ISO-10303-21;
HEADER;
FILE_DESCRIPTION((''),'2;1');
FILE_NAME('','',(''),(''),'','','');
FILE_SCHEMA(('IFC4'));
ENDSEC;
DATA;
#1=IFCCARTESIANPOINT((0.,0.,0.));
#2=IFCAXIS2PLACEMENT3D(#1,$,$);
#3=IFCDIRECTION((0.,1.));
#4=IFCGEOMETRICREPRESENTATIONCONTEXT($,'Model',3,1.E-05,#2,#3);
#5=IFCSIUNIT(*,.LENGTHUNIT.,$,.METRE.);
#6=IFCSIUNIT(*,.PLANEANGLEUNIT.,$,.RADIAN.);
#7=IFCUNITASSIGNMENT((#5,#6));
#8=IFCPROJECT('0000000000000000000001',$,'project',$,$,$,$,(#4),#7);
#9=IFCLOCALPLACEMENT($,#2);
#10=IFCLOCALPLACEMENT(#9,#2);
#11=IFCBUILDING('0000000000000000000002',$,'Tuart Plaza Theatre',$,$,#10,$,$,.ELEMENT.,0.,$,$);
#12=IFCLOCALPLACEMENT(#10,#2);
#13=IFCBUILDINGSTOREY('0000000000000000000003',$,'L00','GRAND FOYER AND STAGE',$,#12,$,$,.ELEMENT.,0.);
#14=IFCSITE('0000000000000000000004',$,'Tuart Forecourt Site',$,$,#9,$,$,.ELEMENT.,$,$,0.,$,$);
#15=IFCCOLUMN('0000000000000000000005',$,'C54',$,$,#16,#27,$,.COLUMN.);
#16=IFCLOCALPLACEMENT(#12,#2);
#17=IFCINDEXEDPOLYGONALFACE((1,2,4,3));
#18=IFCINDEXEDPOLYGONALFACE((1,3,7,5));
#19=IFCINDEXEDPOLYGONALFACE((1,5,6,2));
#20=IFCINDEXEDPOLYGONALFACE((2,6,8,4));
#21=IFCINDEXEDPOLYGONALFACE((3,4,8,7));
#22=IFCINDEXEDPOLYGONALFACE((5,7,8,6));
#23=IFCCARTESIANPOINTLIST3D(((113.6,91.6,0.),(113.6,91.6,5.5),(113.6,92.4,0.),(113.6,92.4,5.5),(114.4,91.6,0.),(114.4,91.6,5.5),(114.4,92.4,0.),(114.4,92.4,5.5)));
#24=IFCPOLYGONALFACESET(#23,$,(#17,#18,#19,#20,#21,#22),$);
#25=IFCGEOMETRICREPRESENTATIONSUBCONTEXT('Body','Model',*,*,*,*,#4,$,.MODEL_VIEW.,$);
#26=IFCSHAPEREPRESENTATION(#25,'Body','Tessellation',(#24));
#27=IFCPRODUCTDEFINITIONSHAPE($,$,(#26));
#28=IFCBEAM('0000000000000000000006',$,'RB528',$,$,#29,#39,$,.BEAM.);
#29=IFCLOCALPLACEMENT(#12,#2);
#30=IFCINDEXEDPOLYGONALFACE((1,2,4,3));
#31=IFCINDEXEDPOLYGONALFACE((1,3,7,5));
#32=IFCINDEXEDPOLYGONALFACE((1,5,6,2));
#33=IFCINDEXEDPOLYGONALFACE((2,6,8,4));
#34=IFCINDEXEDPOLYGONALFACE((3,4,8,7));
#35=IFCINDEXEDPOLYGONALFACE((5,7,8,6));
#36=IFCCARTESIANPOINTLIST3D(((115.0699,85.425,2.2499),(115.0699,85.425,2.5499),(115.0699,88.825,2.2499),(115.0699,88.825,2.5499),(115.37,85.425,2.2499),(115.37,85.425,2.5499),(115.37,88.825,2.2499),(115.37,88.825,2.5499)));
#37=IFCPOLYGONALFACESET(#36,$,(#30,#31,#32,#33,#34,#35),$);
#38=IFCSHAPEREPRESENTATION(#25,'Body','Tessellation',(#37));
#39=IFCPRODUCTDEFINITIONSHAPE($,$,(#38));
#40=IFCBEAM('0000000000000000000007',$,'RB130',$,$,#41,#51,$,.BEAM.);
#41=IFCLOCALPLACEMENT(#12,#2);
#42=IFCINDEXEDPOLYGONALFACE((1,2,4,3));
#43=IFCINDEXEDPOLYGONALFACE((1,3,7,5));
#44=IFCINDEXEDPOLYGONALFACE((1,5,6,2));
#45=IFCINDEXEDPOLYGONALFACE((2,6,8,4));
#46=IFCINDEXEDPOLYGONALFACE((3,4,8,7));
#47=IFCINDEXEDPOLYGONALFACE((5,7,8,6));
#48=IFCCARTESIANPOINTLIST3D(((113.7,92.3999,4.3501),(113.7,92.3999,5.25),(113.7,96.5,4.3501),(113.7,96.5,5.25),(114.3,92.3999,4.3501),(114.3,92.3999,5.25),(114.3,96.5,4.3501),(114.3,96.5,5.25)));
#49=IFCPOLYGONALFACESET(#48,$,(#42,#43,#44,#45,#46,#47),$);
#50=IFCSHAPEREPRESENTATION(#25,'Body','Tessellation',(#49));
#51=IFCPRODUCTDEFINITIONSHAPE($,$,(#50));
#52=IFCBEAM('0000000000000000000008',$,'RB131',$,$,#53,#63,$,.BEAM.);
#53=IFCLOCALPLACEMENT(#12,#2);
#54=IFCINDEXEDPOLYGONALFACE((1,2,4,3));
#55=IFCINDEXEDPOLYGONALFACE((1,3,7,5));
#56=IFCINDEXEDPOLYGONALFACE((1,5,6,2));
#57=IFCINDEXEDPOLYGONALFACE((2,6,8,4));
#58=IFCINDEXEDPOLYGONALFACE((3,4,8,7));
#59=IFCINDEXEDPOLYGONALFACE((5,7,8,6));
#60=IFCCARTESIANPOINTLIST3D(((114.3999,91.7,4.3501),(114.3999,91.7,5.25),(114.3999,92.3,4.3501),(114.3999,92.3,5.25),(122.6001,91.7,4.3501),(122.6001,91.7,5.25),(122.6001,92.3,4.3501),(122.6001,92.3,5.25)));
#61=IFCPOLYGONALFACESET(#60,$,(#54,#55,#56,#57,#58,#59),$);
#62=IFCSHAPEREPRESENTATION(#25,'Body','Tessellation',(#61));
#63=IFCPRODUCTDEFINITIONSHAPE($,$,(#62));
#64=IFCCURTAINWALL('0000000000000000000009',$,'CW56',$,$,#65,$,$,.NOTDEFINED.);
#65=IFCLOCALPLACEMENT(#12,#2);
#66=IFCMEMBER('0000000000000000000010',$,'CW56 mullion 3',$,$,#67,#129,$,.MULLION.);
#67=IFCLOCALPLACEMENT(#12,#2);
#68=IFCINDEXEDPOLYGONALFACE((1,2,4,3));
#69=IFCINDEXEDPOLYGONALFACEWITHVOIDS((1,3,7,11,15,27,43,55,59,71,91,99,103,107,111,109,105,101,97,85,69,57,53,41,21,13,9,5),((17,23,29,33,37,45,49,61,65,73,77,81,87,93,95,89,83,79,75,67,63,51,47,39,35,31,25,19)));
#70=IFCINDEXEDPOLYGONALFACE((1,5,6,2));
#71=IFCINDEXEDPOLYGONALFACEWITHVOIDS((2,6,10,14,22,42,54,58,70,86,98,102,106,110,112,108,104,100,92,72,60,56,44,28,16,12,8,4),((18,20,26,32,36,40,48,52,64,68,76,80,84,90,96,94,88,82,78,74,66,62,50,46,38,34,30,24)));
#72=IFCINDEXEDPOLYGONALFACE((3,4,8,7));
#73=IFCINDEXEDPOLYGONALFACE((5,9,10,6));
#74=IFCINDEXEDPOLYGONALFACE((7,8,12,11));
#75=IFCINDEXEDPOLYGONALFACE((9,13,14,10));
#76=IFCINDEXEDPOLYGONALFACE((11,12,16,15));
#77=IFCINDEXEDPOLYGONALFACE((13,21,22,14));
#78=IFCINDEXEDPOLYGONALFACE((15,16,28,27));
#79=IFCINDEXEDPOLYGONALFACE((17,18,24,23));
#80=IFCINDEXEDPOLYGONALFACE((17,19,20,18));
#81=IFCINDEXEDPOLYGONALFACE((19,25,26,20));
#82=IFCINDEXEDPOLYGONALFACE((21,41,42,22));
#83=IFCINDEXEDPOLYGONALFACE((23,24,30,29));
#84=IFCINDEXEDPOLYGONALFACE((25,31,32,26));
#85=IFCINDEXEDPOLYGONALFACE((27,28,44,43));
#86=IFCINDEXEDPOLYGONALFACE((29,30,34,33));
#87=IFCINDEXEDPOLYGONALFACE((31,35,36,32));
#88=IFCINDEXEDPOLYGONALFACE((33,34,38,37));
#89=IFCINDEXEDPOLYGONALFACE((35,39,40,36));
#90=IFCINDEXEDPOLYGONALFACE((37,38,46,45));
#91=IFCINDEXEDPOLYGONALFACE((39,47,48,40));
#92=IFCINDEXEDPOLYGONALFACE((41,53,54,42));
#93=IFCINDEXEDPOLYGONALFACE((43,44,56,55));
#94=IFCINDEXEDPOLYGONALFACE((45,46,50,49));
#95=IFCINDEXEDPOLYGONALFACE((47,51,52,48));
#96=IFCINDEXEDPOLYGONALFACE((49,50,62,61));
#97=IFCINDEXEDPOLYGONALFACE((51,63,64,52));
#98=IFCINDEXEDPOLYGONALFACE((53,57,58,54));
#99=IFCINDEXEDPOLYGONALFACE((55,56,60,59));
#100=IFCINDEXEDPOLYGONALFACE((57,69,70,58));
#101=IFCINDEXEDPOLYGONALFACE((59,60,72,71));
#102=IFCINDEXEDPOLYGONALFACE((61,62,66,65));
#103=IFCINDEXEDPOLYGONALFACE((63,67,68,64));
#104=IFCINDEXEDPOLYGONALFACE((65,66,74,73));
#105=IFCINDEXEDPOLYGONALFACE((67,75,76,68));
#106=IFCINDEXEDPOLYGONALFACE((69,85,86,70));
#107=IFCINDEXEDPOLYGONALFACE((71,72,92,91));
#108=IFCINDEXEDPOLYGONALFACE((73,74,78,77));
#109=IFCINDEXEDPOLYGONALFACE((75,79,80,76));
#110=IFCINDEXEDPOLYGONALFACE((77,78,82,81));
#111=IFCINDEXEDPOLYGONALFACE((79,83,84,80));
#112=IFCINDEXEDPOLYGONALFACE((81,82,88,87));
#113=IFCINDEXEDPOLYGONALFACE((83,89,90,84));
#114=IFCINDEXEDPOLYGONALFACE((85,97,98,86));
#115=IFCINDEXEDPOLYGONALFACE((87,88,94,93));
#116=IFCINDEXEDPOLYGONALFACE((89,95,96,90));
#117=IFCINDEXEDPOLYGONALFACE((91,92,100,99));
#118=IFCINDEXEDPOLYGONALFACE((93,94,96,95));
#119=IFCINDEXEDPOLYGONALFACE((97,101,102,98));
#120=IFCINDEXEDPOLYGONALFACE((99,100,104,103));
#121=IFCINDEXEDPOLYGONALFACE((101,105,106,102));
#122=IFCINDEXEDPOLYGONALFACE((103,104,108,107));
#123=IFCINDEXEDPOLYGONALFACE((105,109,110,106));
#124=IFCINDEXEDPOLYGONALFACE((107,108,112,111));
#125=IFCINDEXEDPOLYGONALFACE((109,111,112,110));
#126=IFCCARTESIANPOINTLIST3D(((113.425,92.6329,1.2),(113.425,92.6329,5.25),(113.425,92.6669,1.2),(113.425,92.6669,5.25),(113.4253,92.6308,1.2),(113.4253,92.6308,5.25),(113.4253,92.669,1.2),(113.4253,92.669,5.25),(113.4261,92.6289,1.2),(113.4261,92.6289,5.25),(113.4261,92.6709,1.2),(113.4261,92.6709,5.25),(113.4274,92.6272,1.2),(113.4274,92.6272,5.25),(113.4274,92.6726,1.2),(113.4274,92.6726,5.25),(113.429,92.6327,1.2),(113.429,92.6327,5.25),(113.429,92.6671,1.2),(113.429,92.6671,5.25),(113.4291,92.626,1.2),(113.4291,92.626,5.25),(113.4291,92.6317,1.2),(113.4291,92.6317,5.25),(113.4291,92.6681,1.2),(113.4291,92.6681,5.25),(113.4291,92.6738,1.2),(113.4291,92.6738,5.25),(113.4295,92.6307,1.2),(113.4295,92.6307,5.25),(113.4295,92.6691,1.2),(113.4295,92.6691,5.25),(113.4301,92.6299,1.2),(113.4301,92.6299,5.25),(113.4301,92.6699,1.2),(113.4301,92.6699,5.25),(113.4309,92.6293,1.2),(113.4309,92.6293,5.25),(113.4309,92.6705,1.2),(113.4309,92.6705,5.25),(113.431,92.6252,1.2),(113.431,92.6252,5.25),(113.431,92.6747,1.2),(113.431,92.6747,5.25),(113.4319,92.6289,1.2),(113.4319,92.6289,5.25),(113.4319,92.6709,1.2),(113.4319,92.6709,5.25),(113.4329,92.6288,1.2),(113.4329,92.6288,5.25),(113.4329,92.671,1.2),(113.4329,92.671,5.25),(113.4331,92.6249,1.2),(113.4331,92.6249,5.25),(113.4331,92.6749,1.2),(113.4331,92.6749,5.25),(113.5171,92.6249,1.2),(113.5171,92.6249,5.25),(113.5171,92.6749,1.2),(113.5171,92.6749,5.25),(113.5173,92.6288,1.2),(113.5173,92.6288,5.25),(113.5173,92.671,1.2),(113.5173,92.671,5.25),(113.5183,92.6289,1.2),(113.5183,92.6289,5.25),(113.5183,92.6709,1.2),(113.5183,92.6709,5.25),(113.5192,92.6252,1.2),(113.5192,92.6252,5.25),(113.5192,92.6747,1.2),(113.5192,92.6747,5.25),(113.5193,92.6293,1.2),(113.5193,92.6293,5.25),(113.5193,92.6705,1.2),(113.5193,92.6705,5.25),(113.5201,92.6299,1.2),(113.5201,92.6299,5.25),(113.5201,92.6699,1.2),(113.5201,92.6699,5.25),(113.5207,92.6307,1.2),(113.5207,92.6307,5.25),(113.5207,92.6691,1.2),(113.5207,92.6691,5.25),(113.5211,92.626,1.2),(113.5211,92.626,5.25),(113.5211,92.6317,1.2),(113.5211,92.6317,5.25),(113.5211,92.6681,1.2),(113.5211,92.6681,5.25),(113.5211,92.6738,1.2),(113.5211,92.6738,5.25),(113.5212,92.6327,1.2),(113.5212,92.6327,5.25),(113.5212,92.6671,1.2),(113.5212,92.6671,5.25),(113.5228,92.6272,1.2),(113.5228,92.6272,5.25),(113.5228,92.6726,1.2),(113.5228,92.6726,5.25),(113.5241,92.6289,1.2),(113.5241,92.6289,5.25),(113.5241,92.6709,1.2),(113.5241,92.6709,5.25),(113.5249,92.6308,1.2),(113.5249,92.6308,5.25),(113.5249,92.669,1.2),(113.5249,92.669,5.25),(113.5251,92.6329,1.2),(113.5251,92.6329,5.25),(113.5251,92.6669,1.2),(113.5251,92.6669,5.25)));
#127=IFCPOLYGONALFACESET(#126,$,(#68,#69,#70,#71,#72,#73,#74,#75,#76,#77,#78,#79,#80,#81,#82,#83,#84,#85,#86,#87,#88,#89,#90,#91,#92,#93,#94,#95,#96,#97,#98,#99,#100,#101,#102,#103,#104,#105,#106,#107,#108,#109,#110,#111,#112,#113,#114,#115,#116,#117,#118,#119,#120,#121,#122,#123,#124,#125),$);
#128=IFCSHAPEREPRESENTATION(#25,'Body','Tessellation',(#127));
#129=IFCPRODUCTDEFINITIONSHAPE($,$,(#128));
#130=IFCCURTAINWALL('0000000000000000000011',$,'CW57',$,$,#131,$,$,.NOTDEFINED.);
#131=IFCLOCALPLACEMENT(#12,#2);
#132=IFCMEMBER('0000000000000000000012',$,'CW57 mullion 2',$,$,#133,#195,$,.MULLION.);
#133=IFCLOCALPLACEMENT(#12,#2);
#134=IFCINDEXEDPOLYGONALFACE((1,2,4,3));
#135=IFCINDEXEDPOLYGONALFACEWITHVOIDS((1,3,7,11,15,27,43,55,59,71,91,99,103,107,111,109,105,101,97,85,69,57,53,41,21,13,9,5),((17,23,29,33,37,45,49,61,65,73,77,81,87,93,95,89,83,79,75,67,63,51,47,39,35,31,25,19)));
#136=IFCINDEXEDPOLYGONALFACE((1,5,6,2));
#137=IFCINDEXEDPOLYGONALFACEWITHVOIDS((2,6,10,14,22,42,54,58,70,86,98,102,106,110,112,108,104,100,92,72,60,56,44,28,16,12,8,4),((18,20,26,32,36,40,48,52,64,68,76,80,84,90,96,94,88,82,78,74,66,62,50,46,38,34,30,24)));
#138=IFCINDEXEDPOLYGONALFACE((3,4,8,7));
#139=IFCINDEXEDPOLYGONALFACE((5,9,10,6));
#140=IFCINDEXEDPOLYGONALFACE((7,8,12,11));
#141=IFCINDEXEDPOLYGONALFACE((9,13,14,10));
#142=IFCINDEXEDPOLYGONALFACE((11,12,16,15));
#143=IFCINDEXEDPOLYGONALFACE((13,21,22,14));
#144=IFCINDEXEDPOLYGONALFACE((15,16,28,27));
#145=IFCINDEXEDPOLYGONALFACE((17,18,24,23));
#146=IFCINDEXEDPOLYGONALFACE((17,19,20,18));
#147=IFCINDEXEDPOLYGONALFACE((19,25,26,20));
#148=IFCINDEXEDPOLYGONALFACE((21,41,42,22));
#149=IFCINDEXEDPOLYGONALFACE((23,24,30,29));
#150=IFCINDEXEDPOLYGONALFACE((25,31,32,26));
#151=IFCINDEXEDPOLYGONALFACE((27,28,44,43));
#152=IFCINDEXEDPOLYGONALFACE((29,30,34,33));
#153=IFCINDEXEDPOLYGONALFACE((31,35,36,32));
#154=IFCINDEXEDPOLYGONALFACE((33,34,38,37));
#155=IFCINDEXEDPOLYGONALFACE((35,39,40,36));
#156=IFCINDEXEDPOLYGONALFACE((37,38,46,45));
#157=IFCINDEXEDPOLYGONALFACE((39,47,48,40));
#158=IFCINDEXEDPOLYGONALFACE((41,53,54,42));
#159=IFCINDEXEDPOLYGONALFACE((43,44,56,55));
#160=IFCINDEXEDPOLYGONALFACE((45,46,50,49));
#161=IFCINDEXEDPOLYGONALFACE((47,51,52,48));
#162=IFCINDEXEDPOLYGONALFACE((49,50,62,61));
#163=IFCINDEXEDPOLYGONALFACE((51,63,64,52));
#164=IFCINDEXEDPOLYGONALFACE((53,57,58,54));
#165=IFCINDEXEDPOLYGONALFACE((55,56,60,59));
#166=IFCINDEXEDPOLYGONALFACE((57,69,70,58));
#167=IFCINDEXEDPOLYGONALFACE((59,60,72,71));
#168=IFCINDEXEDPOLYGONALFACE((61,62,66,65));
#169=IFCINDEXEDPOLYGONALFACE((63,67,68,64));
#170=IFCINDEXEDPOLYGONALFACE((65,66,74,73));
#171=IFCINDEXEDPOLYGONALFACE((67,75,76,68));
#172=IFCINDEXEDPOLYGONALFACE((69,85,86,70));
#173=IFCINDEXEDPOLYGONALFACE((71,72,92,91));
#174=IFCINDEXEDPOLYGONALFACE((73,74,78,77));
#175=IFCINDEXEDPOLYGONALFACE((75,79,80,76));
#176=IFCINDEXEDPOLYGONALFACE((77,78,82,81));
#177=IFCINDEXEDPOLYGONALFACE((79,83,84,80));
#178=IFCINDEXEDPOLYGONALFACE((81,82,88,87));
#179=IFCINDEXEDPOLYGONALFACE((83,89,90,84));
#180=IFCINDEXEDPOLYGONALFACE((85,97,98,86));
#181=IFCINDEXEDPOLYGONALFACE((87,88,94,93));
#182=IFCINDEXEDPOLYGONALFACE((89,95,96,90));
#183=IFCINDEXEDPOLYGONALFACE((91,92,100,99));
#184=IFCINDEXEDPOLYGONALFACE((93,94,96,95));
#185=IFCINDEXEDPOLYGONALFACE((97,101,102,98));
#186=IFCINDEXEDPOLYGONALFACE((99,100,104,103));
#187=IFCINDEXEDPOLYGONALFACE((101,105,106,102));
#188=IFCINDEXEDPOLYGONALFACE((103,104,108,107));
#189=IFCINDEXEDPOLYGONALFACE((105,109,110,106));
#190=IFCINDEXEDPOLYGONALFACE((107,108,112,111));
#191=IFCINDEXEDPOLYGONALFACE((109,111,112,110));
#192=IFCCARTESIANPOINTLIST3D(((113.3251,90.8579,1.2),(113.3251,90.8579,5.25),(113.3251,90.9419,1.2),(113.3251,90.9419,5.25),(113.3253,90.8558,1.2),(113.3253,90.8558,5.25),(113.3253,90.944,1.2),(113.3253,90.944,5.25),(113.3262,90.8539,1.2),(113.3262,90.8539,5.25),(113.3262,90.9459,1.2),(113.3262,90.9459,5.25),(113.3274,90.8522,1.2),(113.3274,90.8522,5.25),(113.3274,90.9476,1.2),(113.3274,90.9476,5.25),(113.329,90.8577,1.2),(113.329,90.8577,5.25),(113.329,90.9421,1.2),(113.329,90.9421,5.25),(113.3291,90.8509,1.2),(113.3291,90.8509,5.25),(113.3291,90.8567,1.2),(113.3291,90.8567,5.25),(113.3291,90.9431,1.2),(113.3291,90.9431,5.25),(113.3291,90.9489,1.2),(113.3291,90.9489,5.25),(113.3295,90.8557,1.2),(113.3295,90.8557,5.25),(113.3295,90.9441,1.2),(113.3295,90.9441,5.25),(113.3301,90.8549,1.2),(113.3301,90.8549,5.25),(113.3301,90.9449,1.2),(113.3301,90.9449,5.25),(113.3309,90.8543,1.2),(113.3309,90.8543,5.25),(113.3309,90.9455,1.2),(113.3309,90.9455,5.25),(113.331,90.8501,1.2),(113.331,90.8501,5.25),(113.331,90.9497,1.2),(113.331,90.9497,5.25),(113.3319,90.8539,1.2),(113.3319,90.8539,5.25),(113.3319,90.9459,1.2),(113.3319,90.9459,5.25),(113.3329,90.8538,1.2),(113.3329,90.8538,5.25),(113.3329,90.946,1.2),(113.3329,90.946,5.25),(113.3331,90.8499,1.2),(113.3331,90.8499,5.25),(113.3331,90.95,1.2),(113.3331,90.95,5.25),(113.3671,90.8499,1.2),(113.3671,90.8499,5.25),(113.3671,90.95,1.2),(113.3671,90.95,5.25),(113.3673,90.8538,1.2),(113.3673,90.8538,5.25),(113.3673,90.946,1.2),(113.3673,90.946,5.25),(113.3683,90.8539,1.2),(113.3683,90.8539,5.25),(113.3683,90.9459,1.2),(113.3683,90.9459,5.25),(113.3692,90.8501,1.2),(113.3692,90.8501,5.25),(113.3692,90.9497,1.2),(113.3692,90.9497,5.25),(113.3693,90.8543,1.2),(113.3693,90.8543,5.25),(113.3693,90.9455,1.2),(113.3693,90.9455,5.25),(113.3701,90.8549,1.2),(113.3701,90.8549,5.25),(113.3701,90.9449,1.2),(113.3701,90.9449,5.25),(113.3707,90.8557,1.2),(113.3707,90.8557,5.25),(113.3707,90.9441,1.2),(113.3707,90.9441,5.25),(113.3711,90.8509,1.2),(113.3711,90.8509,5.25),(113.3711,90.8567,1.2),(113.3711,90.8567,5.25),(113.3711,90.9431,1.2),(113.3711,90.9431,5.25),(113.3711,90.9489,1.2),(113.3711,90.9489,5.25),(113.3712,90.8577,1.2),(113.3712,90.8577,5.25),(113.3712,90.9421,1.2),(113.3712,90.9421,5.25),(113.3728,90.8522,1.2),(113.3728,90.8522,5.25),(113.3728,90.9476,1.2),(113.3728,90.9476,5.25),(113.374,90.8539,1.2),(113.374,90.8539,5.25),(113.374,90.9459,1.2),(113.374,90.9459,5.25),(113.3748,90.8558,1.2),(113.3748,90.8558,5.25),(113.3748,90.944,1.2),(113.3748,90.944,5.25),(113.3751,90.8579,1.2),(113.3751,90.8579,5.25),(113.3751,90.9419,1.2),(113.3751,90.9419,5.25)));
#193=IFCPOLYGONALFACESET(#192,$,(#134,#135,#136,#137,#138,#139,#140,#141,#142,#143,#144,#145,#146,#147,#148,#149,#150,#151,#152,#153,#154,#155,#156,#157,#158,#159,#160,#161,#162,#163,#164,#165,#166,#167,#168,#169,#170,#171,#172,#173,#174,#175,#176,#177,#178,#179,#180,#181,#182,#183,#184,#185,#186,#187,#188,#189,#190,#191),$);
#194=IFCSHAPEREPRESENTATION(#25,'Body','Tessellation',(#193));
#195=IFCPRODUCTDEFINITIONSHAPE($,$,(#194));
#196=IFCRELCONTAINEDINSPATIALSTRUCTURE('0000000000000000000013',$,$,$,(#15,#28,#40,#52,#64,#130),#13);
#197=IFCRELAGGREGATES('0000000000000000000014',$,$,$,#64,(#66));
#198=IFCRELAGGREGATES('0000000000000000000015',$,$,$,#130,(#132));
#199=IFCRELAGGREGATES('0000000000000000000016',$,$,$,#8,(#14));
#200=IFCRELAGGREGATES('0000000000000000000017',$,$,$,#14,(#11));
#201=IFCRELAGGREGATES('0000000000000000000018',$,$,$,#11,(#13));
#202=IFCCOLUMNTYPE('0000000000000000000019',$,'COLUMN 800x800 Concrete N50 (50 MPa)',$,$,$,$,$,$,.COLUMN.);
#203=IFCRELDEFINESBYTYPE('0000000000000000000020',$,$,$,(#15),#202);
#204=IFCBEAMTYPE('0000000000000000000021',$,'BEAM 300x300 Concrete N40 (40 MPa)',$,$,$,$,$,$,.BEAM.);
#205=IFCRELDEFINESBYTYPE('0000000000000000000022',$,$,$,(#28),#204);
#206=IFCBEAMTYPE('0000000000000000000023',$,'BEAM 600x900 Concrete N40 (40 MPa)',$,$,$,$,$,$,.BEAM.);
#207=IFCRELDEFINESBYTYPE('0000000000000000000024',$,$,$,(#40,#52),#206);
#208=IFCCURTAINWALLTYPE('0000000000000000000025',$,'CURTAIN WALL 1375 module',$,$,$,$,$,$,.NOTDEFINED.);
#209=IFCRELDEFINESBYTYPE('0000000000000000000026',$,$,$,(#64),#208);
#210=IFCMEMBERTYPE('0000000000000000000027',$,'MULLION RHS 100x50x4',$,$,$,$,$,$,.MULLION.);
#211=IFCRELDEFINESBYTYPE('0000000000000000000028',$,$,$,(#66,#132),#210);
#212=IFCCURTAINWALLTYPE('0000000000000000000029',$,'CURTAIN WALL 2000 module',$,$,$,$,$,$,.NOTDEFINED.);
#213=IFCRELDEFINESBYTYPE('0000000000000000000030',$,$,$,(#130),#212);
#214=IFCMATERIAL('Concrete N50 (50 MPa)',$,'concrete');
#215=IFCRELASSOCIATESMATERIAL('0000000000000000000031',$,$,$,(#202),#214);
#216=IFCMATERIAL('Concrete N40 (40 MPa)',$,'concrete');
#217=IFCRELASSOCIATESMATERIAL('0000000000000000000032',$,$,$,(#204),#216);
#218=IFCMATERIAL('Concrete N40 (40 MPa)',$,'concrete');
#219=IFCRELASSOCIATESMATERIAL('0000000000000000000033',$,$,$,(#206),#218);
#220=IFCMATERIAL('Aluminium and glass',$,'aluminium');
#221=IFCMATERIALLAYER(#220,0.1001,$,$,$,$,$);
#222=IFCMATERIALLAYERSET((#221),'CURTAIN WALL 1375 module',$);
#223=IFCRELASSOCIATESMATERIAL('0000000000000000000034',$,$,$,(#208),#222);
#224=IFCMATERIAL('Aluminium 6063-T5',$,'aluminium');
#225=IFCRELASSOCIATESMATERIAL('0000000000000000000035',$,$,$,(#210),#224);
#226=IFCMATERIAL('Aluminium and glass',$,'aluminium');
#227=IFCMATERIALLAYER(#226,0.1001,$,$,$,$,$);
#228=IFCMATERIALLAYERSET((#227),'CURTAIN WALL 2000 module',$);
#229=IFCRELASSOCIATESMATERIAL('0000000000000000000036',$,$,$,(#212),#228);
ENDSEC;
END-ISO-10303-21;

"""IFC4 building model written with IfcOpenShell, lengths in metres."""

from ifc_helpers import new_model, si_unit, direction, frame, origin, origin_2d, place, context, subcontext, project, spatial, rectangle, hollow_rectangle, extrude, material, layer, layer_set, material_profile, profile_set, type_object, element, aggregate, save


model = new_model("IFC4")

# Units and contexts
model_context = context("Model", 3, precision=1e-05, world=origin(), true_north=direction((0.0, 1.0)))
body_context = subcontext(model_context, "Body", "Model", "MODEL_VIEW")
ifc_project = project(units=[si_unit("LENGTHUNIT", "METRE"), si_unit("PLANEANGLEUNIT", "RADIAN")], contexts=[model_context])

# Site, building, storey
site_placement = place(None, origin())
site = spatial("IfcSite", under=ifc_project, at=site_placement, Name="Tuart Forecourt Site", CompositionType="ELEMENT", RefElevation=0.0)
building_placement = place(site_placement, origin())
building = spatial("IfcBuilding", under=site, at=building_placement, Name="Tuart Plaza Theatre", CompositionType="ELEMENT", ElevationOfRefHeight=0.0)
storey_placement = place(building_placement, origin())
storey = spatial("IfcBuildingStorey", under=building, at=storey_placement, Name="L00", Description="GRAND FOYER AND STAGE", CompositionType="ELEMENT", Elevation=0.0)

# Column
ifc_material_1 = material(Name="Concrete N50 (50 MPa)", Category="concrete")
ifc_material_profile_1 = material_profile(ifc_material_1, rectangle(XDim=0.8, YDim=0.8, at=origin_2d()), Name="COLUMN 800x800 Concrete N50 (50 MPa)")
ifc_profile_set_1 = profile_set([ifc_material_profile_1], Name="Concrete N50 (50 MPa)")
column_type = type_object("IfcColumnType", Name="COLUMN 800x800 Concrete N50 (50 MPa)", PredefinedType="COLUMN", material=ifc_profile_set_1)
column_placement = place(storey_placement, frame((114.0, 92.0, 0.0), z_axis=(0.0, 0.0, 1.0), x_axis=(1.0, 0.0, 0.0)))
element("IfcColumn", 1, at=column_placement, inside=storey, type_object=column_type, Name="C54", PredefinedType="COLUMN", context=body_context, shape_type="SweptSolid", body=[
    extrude(rectangle(XDim=0.8, YDim=0.8, at=origin_2d()), origin(), (0.0, 0.0, 1.0), 5.5),
])

# Beams
ifc_material_2 = material(Name="Concrete N40 (40 MPa)", Category="concrete")
ifc_material_profile_2 = material_profile(ifc_material_2, rectangle(XDim=0.3, YDim=0.3, at=origin_2d()), Name="BEAM 300x300 Concrete N40 (40 MPa)")
ifc_profile_set_2 = profile_set([ifc_material_profile_2], Name="Concrete N40 (40 MPa)")
beam_type_1 = type_object("IfcBeamType", Name="BEAM 300x300 Concrete N40 (40 MPa)", PredefinedType="BEAM", material=ifc_profile_set_2)
beam_1_placement = place(storey_placement, frame((115.22, 88.825, 2.3999), z_axis=(0.0, -1.0, 0.0), x_axis=(1.0, 0.0, 0.0)))
element("IfcBeam", 2, at=beam_1_placement, inside=storey, type_object=beam_type_1, Name="RB528", PredefinedType="BEAM", context=body_context, shape_type="SweptSolid", body=[
    extrude(rectangle(XDim=0.3, YDim=0.3, at=origin_2d()), origin(), (0.0, 0.0, 1.0), 3.3999),
])
ifc_material_3 = material(Name="Concrete N40 (40 MPa)", Category="concrete")
ifc_material_profile_3 = material_profile(ifc_material_3, rectangle(XDim=0.6001, YDim=0.8999, at=origin_2d()), Name="BEAM 600x900 Concrete N40 (40 MPa)")
ifc_profile_set_3 = profile_set([ifc_material_profile_3], Name="Concrete N40 (40 MPa)")
beam_type_2 = type_object("IfcBeamType", Name="BEAM 600x900 Concrete N40 (40 MPa)", PredefinedType="BEAM", material=ifc_profile_set_3)
beam_2_placement = place(storey_placement, frame((114.0, 92.3999, 4.8), z_axis=(0.0, 1.0, 0.0), x_axis=(-1.0, 0.0, 0.0)))
element("IfcBeam", 3, at=beam_2_placement, inside=storey, type_object=beam_type_2, Name="RB130", PredefinedType="BEAM", context=body_context, shape_type="SweptSolid", body=[
    extrude(rectangle(XDim=0.6001, YDim=0.8999, at=origin_2d()), origin(), (0.0, 0.0, 1.0), 4.1001),
])
beam_3_placement = place(storey_placement, frame((114.3999, 92.0, 4.8), z_axis=(1.0, 0.0, 0.0), x_axis=(0.0, 1.0, 0.0)))
element("IfcBeam", 4, at=beam_3_placement, inside=storey, type_object=beam_type_2, Name="RB131", PredefinedType="BEAM", context=body_context, shape_type="SweptSolid", body=[
    extrude(rectangle(XDim=0.6001, YDim=0.8999, at=origin_2d()), origin(), (0.0, 0.0, 1.0), 8.2002),
])

# Curtain wall, member
ifc_material_4 = material(Name="Aluminium and glass", Category="aluminium")
ifc_layer_1 = layer(ifc_material_4, 0.1001)
ifc_layer_set_1 = layer_set([ifc_layer_1], Name="CURTAIN WALL 1375 module")
curtain_wall_type_1 = type_object("IfcCurtainWallType", Name="CURTAIN WALL 1375 module", PredefinedType="NOTDEFINED", material=ifc_layer_set_1)
curtain_wall_1_placement = place(storey_placement, origin())
curtain_wall_1 = element("IfcCurtainWall", 5, at=curtain_wall_1_placement, inside=storey, type_object=curtain_wall_type_1, Name="CW56", PredefinedType="NOTDEFINED")
ifc_material_5 = material(Name="Aluminium 6063-T5", Category="aluminium")
ifc_material_profile_4 = material_profile(ifc_material_5, hollow_rectangle(XDim=0.05, YDim=0.1001, WallThickness=0.0039, InnerFilletRadius=0.0039, OuterFilletRadius=0.0081, at=origin_2d()), Name="RHS 100x50x4")
ifc_profile_set_4 = profile_set([ifc_material_profile_4], Name="Aluminium 6063-T5")
member_type_1 = type_object("IfcMemberType", Name="MULLION RHS 100x50x4", PredefinedType="MULLION", material=ifc_profile_set_4)
member_1_placement = place(storey_placement, frame((113.4751, 92.6499, 1.2), z_axis=(0.0, 0.0, 1.0), x_axis=(0.0, -1.0, 0.0)))
member_1 = element("IfcMember", 6, at=member_1_placement, type_object=member_type_1, Name="CW56 mullion 3", PredefinedType="MULLION", context=body_context, shape_type="SweptSolid", body=[
    extrude(hollow_rectangle(XDim=0.05, YDim=0.1001, WallThickness=0.0039, InnerFilletRadius=0.0039, OuterFilletRadius=0.0081, at=origin_2d()), origin(), (0.0, 0.0, 1.0), 4.05),
])
aggregate(curtain_wall_1, [member_1])

# Curtain wall, member
ifc_material_6 = material(Name="Aluminium and glass", Category="aluminium")
ifc_layer_2 = layer(ifc_material_6, 0.1001)
ifc_layer_set_2 = layer_set([ifc_layer_2], Name="CURTAIN WALL 2000 module")
curtain_wall_type_2 = type_object("IfcCurtainWallType", Name="CURTAIN WALL 2000 module", PredefinedType="NOTDEFINED", material=ifc_layer_set_2)
curtain_wall_2_placement = place(storey_placement, origin())
curtain_wall_2 = element("IfcCurtainWall", 7, at=curtain_wall_2_placement, inside=storey, type_object=curtain_wall_type_2, Name="CW57", PredefinedType="NOTDEFINED")
member_2_placement = place(storey_placement, frame((113.3501, 90.8999, 1.2), z_axis=(0.0, 0.0, 1.0), x_axis=(1.0, 0.0, 0.0)))
member_2 = element("IfcMember", 8, at=member_2_placement, type_object=member_type_1, Name="CW57 mullion 2", PredefinedType="MULLION", context=body_context, shape_type="SweptSolid", body=[
    extrude(hollow_rectangle(XDim=0.05, YDim=0.1001, WallThickness=0.0039, InnerFilletRadius=0.0039, OuterFilletRadius=0.0081, at=origin_2d()), origin(), (0.0, 0.0, 1.0), 4.05),
])
aggregate(curtain_wall_2, [member_2])

save(model, "model.ifc")
